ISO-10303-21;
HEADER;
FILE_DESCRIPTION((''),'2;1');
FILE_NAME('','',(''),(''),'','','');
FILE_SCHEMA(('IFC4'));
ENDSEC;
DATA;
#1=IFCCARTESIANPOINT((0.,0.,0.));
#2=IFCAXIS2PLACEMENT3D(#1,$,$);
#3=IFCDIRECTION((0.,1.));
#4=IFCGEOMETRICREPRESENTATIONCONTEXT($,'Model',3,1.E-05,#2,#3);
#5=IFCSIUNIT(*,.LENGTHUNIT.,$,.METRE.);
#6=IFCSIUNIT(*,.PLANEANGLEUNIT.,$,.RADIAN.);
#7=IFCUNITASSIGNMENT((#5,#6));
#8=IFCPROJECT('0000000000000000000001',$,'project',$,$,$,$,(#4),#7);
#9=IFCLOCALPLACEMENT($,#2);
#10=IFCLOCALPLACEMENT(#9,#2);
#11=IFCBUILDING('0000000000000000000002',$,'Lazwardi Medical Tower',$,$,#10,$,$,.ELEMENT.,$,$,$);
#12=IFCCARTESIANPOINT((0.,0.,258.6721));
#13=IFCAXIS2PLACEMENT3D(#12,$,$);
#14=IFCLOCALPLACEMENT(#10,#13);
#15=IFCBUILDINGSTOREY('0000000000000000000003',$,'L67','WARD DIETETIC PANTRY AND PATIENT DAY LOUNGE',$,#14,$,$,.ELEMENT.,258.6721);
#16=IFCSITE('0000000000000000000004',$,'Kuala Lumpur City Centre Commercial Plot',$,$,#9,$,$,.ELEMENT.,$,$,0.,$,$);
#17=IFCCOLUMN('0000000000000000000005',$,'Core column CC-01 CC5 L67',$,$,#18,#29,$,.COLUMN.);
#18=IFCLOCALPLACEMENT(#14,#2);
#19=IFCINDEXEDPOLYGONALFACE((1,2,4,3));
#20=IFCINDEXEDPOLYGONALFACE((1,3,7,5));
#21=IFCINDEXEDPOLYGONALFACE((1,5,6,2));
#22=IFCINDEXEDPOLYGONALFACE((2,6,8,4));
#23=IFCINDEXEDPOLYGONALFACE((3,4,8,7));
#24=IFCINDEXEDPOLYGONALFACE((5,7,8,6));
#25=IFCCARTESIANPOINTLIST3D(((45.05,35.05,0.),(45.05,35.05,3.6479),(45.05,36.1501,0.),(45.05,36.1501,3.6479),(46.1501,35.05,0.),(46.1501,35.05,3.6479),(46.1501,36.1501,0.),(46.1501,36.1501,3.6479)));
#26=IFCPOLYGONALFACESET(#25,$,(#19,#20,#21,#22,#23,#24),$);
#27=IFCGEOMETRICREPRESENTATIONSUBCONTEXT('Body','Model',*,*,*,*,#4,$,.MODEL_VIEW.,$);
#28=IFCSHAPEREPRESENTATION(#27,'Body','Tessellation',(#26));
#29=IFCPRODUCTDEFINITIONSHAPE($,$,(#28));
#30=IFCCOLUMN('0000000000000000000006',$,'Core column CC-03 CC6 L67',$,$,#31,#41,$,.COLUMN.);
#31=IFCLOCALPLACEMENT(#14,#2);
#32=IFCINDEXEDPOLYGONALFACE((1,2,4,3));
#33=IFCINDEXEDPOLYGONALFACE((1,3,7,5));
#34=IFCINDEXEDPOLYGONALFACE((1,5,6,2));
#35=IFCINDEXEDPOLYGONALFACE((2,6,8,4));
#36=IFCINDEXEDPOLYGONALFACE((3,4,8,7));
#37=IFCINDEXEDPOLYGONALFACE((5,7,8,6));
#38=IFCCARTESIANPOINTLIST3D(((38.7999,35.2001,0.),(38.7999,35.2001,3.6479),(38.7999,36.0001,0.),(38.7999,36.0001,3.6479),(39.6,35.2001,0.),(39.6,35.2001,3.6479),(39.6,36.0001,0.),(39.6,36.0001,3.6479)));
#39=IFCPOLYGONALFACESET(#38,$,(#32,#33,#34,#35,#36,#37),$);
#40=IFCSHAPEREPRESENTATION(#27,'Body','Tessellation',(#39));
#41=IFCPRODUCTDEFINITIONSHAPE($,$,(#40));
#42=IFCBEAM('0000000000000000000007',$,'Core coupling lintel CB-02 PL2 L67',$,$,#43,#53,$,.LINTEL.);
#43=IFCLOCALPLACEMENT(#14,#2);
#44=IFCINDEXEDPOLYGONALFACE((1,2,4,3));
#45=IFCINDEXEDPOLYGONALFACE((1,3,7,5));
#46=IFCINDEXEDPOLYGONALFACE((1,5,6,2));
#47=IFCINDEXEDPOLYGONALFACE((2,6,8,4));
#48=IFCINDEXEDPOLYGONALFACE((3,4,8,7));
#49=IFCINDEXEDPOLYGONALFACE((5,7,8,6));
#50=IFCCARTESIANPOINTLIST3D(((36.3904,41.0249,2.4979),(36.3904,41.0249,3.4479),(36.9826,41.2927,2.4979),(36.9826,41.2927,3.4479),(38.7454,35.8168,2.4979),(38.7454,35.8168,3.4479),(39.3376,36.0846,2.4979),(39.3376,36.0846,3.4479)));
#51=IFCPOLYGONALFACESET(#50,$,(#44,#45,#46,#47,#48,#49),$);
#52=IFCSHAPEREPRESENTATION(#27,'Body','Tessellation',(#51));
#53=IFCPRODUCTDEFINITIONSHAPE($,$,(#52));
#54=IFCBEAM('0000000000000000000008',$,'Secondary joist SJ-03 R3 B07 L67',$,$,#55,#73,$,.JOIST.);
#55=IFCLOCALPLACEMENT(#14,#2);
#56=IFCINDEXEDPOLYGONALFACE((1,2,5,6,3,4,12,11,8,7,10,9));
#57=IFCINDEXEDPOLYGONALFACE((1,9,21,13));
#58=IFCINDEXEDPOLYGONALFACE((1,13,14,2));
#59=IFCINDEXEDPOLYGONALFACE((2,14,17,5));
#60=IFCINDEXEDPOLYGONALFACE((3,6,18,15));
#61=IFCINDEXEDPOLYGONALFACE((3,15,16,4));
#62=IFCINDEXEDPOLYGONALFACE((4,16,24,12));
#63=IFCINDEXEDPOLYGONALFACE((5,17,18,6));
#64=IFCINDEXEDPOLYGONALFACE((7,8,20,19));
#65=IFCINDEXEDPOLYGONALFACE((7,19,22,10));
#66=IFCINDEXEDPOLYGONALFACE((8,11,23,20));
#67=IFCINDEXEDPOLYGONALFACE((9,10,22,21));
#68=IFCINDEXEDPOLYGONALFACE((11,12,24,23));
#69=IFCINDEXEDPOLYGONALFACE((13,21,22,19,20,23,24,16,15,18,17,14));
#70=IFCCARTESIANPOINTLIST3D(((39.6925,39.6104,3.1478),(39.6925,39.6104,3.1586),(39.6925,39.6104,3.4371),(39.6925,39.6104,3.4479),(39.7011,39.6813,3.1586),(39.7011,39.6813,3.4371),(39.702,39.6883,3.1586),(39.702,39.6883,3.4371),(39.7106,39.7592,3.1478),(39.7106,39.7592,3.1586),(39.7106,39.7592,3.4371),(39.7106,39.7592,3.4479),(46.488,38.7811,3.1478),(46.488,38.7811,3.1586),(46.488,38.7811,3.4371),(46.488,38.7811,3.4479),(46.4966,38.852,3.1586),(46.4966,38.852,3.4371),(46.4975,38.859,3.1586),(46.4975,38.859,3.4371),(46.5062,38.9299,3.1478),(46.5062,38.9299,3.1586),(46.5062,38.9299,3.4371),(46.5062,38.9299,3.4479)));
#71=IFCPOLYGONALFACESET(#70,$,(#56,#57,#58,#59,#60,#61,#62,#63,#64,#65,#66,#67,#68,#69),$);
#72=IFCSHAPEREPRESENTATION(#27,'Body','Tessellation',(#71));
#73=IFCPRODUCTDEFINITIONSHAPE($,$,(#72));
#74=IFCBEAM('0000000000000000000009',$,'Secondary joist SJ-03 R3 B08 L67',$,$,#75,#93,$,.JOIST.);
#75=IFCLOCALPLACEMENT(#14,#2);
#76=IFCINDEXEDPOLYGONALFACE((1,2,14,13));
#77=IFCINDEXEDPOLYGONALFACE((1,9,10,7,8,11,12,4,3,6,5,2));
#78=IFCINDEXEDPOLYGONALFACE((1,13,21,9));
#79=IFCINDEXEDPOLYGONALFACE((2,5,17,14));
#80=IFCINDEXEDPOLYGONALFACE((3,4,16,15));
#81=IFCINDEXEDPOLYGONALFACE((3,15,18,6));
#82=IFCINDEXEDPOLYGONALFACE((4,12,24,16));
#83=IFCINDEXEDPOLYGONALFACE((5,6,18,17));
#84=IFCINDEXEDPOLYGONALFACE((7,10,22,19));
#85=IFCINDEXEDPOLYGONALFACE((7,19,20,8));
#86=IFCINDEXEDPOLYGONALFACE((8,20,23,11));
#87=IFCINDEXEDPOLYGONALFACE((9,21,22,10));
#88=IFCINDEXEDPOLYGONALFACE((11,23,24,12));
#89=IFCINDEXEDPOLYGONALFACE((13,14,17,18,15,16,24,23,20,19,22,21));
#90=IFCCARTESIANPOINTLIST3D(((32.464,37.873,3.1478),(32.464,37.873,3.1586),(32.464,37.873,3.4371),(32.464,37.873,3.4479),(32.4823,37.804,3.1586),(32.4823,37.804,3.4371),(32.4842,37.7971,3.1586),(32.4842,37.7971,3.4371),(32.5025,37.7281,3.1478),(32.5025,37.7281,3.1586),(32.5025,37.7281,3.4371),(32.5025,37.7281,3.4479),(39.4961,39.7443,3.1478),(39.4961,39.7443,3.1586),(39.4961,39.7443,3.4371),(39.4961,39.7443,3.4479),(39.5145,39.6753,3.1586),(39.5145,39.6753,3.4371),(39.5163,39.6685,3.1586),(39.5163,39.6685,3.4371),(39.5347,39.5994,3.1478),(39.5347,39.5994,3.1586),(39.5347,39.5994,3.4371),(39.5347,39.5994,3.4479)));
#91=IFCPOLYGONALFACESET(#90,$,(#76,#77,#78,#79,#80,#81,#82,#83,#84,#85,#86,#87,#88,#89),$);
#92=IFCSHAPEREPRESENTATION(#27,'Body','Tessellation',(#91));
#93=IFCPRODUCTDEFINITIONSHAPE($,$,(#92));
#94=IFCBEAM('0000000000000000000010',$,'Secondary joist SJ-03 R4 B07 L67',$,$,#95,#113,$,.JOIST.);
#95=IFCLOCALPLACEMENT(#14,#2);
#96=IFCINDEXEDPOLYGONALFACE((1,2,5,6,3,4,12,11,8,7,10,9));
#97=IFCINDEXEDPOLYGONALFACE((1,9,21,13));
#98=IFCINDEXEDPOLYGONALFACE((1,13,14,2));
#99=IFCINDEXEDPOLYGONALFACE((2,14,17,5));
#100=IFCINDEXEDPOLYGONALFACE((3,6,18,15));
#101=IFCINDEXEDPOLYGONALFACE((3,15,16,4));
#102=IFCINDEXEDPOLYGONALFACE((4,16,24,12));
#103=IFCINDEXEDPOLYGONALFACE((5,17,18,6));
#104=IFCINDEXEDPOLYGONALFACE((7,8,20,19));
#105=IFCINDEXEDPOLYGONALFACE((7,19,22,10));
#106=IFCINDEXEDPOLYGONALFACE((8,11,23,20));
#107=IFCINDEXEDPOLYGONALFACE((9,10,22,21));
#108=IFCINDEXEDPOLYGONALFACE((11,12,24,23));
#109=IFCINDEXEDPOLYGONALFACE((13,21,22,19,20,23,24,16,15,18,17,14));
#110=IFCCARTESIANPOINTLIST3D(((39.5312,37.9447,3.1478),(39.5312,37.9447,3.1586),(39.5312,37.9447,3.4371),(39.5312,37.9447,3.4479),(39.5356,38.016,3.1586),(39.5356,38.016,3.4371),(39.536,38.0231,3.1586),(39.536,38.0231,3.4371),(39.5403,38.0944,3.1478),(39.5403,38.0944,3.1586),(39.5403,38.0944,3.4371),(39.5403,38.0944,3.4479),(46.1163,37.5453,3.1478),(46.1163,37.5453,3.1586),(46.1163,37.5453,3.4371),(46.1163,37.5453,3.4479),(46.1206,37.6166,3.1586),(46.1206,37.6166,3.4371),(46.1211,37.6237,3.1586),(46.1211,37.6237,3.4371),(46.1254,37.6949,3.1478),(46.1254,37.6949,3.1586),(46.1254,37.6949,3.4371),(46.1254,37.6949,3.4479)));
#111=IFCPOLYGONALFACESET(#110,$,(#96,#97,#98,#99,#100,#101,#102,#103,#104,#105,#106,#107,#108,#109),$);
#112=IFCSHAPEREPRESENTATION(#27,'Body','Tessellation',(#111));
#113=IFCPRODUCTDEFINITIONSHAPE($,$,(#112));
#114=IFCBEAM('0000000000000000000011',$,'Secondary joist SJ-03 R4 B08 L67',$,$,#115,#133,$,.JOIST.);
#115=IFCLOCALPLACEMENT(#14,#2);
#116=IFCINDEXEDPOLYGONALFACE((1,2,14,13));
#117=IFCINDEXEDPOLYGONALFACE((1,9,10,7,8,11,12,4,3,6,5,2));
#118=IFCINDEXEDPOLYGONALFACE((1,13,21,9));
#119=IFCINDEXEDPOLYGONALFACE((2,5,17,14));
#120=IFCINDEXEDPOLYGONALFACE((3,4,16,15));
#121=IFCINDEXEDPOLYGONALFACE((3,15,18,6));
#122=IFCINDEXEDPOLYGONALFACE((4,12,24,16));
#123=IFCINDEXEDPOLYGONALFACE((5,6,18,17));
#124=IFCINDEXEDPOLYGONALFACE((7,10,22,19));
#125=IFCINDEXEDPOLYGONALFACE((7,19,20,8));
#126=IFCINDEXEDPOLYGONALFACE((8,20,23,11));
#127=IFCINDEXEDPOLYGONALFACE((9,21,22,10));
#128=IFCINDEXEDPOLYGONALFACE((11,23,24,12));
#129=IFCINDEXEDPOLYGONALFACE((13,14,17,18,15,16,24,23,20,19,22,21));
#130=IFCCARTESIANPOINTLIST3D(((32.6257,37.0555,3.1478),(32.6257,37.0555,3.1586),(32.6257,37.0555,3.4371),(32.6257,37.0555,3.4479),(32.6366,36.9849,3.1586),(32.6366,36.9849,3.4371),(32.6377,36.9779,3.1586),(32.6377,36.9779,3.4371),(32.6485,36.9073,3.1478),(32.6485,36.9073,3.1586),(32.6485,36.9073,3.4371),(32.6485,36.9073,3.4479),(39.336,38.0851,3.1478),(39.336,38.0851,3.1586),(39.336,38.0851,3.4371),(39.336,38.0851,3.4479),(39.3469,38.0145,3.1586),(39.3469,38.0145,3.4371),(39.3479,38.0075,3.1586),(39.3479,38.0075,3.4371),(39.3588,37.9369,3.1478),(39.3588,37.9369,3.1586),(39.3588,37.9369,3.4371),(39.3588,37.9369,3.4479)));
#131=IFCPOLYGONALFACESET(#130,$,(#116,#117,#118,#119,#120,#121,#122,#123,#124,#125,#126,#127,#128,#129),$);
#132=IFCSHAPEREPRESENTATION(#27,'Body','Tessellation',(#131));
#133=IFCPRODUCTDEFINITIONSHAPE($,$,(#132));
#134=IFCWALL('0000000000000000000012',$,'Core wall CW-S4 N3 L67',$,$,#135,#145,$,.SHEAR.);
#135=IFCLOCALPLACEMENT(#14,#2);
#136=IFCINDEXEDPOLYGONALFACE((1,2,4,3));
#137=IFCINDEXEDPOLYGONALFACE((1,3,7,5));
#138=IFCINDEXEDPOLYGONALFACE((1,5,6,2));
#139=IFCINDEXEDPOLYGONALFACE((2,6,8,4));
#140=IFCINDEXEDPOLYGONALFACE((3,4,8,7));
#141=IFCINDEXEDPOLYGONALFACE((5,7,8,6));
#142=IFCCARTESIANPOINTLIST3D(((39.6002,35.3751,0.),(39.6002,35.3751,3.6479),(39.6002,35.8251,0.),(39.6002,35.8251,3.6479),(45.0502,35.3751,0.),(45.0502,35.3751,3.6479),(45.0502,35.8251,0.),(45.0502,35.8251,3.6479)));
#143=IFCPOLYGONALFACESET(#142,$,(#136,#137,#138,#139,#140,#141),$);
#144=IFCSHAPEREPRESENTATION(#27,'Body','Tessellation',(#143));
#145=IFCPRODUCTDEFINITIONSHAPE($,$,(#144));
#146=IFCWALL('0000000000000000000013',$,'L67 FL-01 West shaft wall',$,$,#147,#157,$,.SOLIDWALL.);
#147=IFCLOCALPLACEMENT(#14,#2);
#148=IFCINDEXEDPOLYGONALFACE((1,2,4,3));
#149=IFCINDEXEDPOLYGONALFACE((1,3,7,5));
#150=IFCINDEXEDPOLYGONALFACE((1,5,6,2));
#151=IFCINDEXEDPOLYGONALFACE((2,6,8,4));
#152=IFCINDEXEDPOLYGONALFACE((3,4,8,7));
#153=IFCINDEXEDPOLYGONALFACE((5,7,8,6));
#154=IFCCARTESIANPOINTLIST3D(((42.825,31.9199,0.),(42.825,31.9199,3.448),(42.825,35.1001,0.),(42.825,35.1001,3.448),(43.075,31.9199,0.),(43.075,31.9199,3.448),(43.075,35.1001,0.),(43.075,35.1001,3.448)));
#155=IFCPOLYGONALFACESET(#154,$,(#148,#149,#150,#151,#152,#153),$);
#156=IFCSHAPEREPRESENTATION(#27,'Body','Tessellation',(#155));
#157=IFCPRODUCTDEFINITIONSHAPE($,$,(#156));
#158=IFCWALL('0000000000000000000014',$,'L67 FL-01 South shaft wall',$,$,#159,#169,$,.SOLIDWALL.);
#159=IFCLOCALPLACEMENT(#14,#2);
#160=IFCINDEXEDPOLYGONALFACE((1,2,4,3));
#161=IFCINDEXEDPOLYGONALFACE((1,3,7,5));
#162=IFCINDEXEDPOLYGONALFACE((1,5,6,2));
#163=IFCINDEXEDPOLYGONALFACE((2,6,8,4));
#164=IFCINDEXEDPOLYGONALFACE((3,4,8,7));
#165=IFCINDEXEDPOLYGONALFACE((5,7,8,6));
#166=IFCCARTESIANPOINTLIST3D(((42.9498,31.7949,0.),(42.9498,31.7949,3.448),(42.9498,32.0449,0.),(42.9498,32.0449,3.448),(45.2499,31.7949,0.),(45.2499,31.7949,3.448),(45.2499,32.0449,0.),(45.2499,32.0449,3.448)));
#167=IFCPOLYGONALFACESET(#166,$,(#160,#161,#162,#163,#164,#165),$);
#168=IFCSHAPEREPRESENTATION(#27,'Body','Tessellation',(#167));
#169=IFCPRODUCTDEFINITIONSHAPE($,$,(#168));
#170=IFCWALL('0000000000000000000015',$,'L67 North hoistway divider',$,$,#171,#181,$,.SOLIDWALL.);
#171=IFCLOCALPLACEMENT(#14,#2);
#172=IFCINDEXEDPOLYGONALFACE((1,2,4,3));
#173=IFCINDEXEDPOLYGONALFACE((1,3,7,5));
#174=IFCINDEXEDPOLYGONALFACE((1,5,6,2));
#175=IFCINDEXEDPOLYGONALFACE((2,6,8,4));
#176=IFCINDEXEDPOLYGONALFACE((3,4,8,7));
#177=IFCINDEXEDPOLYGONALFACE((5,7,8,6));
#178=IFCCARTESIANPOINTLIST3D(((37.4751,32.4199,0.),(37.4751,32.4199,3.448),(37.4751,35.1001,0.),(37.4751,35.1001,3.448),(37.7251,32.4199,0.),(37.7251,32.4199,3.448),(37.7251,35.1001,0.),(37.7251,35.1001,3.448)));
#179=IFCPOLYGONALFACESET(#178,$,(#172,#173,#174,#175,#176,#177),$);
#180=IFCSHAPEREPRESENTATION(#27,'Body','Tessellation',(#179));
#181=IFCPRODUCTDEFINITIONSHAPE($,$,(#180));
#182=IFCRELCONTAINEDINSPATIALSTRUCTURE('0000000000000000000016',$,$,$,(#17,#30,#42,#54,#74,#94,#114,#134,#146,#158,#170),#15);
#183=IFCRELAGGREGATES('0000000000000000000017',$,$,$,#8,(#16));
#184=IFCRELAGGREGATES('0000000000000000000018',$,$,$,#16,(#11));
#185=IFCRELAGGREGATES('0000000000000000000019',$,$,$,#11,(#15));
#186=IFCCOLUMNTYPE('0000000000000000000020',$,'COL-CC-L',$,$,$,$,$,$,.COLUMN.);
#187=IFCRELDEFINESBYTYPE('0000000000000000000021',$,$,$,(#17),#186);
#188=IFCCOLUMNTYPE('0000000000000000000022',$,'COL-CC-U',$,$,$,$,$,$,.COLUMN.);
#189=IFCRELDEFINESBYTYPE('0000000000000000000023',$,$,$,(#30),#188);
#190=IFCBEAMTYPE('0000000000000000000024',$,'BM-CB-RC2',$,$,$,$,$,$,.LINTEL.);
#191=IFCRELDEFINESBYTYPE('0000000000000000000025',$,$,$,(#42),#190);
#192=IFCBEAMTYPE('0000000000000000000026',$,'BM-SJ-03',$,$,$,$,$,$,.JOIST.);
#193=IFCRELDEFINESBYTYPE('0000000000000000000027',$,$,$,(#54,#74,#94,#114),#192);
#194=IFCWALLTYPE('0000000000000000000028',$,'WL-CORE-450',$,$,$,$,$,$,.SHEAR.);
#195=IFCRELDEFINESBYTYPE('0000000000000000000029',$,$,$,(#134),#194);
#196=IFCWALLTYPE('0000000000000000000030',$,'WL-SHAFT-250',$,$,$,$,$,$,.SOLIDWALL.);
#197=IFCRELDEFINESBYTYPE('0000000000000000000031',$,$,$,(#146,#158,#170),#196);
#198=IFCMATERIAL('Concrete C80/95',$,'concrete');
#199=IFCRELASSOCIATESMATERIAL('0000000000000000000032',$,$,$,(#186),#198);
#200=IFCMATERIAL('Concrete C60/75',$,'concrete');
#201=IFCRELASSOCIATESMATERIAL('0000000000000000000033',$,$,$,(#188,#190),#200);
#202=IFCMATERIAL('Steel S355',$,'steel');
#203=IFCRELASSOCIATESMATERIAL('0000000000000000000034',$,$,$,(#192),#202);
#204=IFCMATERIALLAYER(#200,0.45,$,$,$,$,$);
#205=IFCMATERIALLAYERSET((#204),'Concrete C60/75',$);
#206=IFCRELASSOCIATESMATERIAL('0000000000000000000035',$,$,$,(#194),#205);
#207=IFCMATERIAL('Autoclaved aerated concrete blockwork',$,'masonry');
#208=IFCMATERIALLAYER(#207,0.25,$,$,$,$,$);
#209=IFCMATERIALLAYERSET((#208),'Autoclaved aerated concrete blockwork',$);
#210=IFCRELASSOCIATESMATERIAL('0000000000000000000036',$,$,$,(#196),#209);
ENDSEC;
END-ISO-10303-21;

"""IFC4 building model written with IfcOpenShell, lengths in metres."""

from ifc_helpers import new_model, si_unit, direction, frame, frame_2d, origin, origin_2d, place, context, subcontext, project, spatial, rectangle, i_section, extrude, material, layer, layer_set, material_profile, profile_set, type_object, element, save


model = new_model("IFC4")

# Units and contexts
model_context = context("Model", 3, precision=1e-05, world=origin(), true_north=direction((0.0, 1.0)))
body_context = subcontext(model_context, "Body", "Model", "MODEL_VIEW")
ifc_project = project(units=[si_unit("LENGTHUNIT", "METRE"), si_unit("PLANEANGLEUNIT", "RADIAN")], contexts=[model_context])

# Site, building, storey
site_placement = place(None, origin())
site = spatial("IfcSite", under=ifc_project, at=site_placement, Name="Kuala Lumpur City Centre Commercial Plot", CompositionType="ELEMENT", RefElevation=0.0)
building_placement = place(site_placement, origin())
building = spatial("IfcBuilding", under=site, at=building_placement, Name="Lazwardi Medical Tower", CompositionType="ELEMENT")
storey_placement = place(building_placement, frame((0.0, 0.0, 258.6721)))
storey = spatial("IfcBuildingStorey", under=building, at=storey_placement, Name="L67", Description="WARD DIETETIC PANTRY AND PATIENT DAY LOUNGE", CompositionType="ELEMENT", Elevation=258.6721)

# Columns
ifc_material_1 = material(Name="Concrete C80/95", Category="concrete")
ifc_material_profile_1 = material_profile(ifc_material_1, rectangle(XDim=1.1001, YDim=1.1001, at=origin_2d()), Name="RC 1100x1100")
ifc_profile_set_1 = profile_set([ifc_material_profile_1], Name="Concrete C80/95")
column_type_1 = type_object("IfcColumnType", Name="COL-CC-L", PredefinedType="COLUMN", material=ifc_profile_set_1)
column_1_placement = place(storey_placement, frame((45.6001, 35.6001, 0.0), z_axis=(0.0, 0.0, 1.0), x_axis=(1.0, 0.0, 0.0)))
element("IfcColumn", 1, at=column_1_placement, inside=storey, type_object=column_type_1, Name="Core column CC-01 CC5 L67", PredefinedType="COLUMN", context=body_context, shape_type="SweptSolid", body=[
    extrude(rectangle(XDim=1.1001, YDim=1.1001, at=origin_2d()), origin(), (0.0, 0.0, 1.0), 3.6479),
])
ifc_material_2 = material(Name="Concrete C60/75", Category="concrete")
ifc_material_profile_2 = material_profile(ifc_material_2, rectangle(XDim=0.8, YDim=0.8, at=origin_2d()), Name="RC 800x800")
ifc_profile_set_2 = profile_set([ifc_material_profile_2], Name="Concrete C60/75")
column_type_2 = type_object("IfcColumnType", Name="COL-CC-U", PredefinedType="COLUMN", material=ifc_profile_set_2)
column_2_placement = place(storey_placement, frame((39.2, 35.6001, 0.0), z_axis=(0.0, 0.0, 1.0), x_axis=(1.0, 0.0, 0.0)))
element("IfcColumn", 2, at=column_2_placement, inside=storey, type_object=column_type_2, Name="Core column CC-03 CC6 L67", PredefinedType="COLUMN", context=body_context, shape_type="SweptSolid", body=[
    extrude(rectangle(XDim=0.8, YDim=0.8, at=origin_2d()), origin(), (0.0, 0.0, 1.0), 3.6479),
])

# Beams
ifc_material_profile_3 = material_profile(ifc_material_2, rectangle(XDim=0.6499, YDim=0.95, at=origin_2d()), Name="RC 650x950")
ifc_profile_set_3 = profile_set([ifc_material_profile_3], Name="Concrete C60/75")
beam_type_1 = type_object("IfcBeamType", Name="BM-CB-RC2", PredefinedType="LINTEL", material=ifc_profile_set_3)
beam_1_placement = place(storey_placement, frame((39.0415, 35.9507, 2.9729), z_axis=(-0.412019, 0.911175, 0.0), x_axis=(-0.911175, -0.412019, 0.0)))
element("IfcBeam", 3, at=beam_1_placement, inside=storey, type_object=beam_type_1, Name="Core coupling lintel CB-02 PL2 L67", PredefinedType="LINTEL", context=body_context, shape_type="SweptSolid", body=[
    extrude(rectangle(XDim=0.6499, YDim=0.95, at=origin_2d()), origin(), (0.0, 0.0, 1.0), 5.7158),
])
ifc_material_3 = material(Name="Steel S355", Category="steel")
ifc_material_profile_4 = material_profile(ifc_material_3, i_section(OverallWidth=0.1499, OverallDepth=0.3, WebThickness=0.0071, FlangeThickness=0.0107, at=origin_2d()), Name="IPE 300")
ifc_profile_set_4 = profile_set([ifc_material_profile_4], Name="Steel S355")
beam_type_2 = type_object("IfcBeamType", Name="BM-SJ-03", PredefinedType="JOIST", material=ifc_profile_set_4)
beam_2_placement = place(storey_placement, frame((46.4971, 38.8555, 3.2979), z_axis=(-0.992635, 0.121146, 0.0), x_axis=(-0.121146, -0.992635, 0.0)))
element("IfcBeam", 4, at=beam_2_placement, inside=storey, type_object=beam_type_2, Name="Secondary joist SJ-03 R3 B07 L67", PredefinedType="JOIST", context=body_context, shape_type="SweptSolid", body=[
    extrude(i_section(OverallWidth=0.1499, OverallDepth=0.3, WebThickness=0.0071, FlangeThickness=0.0107, at=origin_2d()), origin(), (0.0, 0.0, 1.0), 6.8459),
])
beam_3_placement = place(storey_placement, frame((39.5154, 39.6719, 3.2979), z_axis=(-0.966369, -0.257159, 0.0), x_axis=(0.257159, -0.966369, 0.0)))
element("IfcBeam", 5, at=beam_3_placement, inside=storey, type_object=beam_type_2, Name="Secondary joist SJ-03 R3 B08 L67", PredefinedType="JOIST", context=body_context, shape_type="SweptSolid", body=[
    extrude(i_section(OverallWidth=0.1499, OverallDepth=0.3, WebThickness=0.0071, FlangeThickness=0.0107, at=origin_2d()), origin(), (0.0, 0.0, 1.0), 7.2769),
])
beam_4_placement = place(storey_placement, frame((46.1208, 37.6201, 3.2979), z_axis=(-0.998166, 0.060544, 0.0), x_axis=(-0.060544, -0.998166, 0.0)))
element("IfcBeam", 6, at=beam_4_placement, inside=storey, type_object=beam_type_2, Name="Secondary joist SJ-03 R4 B07 L67", PredefinedType="JOIST", context=body_context, shape_type="SweptSolid", body=[
    extrude(i_section(OverallWidth=0.1499, OverallDepth=0.3, WebThickness=0.0071, FlangeThickness=0.0107, at=origin_2d()), origin(), (0.0, 0.0, 1.0), 6.5972),
])
beam_5_placement = place(storey_placement, frame((39.3474, 38.011, 3.2979), z_axis=(-0.988434, -0.151655, 0.0), x_axis=(0.151655, -0.988434, 0.0)))
element("IfcBeam", 7, at=beam_5_placement, inside=storey, type_object=beam_type_2, Name="Secondary joist SJ-03 R4 B08 L67", PredefinedType="JOIST", context=body_context, shape_type="SweptSolid", body=[
    extrude(i_section(OverallWidth=0.1499, OverallDepth=0.3, WebThickness=0.0071, FlangeThickness=0.0107, at=origin_2d()), origin(), (0.0, 0.0, 1.0), 6.7888),
])

# Walls
ifc_layer_1 = layer(ifc_material_2, 0.45)
ifc_layer_set_1 = layer_set([ifc_layer_1], Name="Concrete C60/75")
wall_type_1 = type_object("IfcWallType", Name="WL-CORE-450", PredefinedType="SHEAR", material=ifc_layer_set_1)
wall_1_placement = place(storey_placement, frame((39.6001, 35.6001, 0.0), z_axis=(0.0, 0.0, 1.0), x_axis=(1.0, 0.0, 0.0)))
element("IfcWall", 8, at=wall_1_placement, inside=storey, type_object=wall_type_1, Name="Core wall CW-S4 N3 L67", PredefinedType="SHEAR", context=body_context, shape_type="SweptSolid", body=[
    extrude(rectangle(XDim=5.45, YDim=0.45, at=frame_2d((2.7251, 0.0))), origin(), (0.0, 0.0, 1.0), 3.6479),
])
ifc_material_4 = material(Name="Autoclaved aerated concrete blockwork", Category="masonry")
ifc_layer_2 = layer(ifc_material_4, 0.25)
ifc_layer_set_2 = layer_set([ifc_layer_2], Name="Autoclaved aerated concrete blockwork")
wall_type_2 = type_object("IfcWallType", Name="WL-SHAFT-250", PredefinedType="SOLIDWALL", material=ifc_layer_set_2)
wall_2_placement = place(storey_placement, frame((42.95, 31.9199, 0.0), z_axis=(0.0, 0.0, 1.0), x_axis=(0.0, 1.0, 0.0)))
element("IfcWall", 9, at=wall_2_placement, inside=storey, type_object=wall_type_2, Name="L67 FL-01 West shaft wall", PredefinedType="SOLIDWALL", context=body_context, shape_type="SweptSolid", body=[
    extrude(rectangle(XDim=3.1802, YDim=0.25, at=frame_2d((1.5901, 0.0))), origin(), (0.0, 0.0, 1.0), 3.448),
])
wall_3_placement = place(storey_placement, frame((42.95, 31.9199, 0.0), z_axis=(0.0, 0.0, 1.0), x_axis=(1.0, 0.0, 0.0)))
element("IfcWall", 10, at=wall_3_placement, inside=storey, type_object=wall_type_2, Name="L67 FL-01 South shaft wall", PredefinedType="SOLIDWALL", context=body_context, shape_type="SweptSolid", body=[
    extrude(rectangle(XDim=2.3, YDim=0.25, at=frame_2d((1.1499, 0.0))), origin(), (0.0, 0.0, 1.0), 3.448),
])
for number, where, z_axis, x_axis, name in (
    (11, (37.6001, 32.4199, 0.0), (0.0, 0.0, 1.0), (0.0, 1.0, 0.0), "L67 North hoistway divider"),
):
    element("IfcWall", number, at=place(storey_placement, frame(where, z_axis=z_axis, x_axis=x_axis)), inside=storey, type_object=wall_type_2, Name=name, PredefinedType="SOLIDWALL", context=body_context, shape_type="SweptSolid", body=[
        extrude(rectangle(XDim=2.6802, YDim=0.25, at=frame_2d((1.3401, 0.0))), origin(), (0.0, 0.0, 1.0), 3.448),
    ])

save(model, "model.ifc")
